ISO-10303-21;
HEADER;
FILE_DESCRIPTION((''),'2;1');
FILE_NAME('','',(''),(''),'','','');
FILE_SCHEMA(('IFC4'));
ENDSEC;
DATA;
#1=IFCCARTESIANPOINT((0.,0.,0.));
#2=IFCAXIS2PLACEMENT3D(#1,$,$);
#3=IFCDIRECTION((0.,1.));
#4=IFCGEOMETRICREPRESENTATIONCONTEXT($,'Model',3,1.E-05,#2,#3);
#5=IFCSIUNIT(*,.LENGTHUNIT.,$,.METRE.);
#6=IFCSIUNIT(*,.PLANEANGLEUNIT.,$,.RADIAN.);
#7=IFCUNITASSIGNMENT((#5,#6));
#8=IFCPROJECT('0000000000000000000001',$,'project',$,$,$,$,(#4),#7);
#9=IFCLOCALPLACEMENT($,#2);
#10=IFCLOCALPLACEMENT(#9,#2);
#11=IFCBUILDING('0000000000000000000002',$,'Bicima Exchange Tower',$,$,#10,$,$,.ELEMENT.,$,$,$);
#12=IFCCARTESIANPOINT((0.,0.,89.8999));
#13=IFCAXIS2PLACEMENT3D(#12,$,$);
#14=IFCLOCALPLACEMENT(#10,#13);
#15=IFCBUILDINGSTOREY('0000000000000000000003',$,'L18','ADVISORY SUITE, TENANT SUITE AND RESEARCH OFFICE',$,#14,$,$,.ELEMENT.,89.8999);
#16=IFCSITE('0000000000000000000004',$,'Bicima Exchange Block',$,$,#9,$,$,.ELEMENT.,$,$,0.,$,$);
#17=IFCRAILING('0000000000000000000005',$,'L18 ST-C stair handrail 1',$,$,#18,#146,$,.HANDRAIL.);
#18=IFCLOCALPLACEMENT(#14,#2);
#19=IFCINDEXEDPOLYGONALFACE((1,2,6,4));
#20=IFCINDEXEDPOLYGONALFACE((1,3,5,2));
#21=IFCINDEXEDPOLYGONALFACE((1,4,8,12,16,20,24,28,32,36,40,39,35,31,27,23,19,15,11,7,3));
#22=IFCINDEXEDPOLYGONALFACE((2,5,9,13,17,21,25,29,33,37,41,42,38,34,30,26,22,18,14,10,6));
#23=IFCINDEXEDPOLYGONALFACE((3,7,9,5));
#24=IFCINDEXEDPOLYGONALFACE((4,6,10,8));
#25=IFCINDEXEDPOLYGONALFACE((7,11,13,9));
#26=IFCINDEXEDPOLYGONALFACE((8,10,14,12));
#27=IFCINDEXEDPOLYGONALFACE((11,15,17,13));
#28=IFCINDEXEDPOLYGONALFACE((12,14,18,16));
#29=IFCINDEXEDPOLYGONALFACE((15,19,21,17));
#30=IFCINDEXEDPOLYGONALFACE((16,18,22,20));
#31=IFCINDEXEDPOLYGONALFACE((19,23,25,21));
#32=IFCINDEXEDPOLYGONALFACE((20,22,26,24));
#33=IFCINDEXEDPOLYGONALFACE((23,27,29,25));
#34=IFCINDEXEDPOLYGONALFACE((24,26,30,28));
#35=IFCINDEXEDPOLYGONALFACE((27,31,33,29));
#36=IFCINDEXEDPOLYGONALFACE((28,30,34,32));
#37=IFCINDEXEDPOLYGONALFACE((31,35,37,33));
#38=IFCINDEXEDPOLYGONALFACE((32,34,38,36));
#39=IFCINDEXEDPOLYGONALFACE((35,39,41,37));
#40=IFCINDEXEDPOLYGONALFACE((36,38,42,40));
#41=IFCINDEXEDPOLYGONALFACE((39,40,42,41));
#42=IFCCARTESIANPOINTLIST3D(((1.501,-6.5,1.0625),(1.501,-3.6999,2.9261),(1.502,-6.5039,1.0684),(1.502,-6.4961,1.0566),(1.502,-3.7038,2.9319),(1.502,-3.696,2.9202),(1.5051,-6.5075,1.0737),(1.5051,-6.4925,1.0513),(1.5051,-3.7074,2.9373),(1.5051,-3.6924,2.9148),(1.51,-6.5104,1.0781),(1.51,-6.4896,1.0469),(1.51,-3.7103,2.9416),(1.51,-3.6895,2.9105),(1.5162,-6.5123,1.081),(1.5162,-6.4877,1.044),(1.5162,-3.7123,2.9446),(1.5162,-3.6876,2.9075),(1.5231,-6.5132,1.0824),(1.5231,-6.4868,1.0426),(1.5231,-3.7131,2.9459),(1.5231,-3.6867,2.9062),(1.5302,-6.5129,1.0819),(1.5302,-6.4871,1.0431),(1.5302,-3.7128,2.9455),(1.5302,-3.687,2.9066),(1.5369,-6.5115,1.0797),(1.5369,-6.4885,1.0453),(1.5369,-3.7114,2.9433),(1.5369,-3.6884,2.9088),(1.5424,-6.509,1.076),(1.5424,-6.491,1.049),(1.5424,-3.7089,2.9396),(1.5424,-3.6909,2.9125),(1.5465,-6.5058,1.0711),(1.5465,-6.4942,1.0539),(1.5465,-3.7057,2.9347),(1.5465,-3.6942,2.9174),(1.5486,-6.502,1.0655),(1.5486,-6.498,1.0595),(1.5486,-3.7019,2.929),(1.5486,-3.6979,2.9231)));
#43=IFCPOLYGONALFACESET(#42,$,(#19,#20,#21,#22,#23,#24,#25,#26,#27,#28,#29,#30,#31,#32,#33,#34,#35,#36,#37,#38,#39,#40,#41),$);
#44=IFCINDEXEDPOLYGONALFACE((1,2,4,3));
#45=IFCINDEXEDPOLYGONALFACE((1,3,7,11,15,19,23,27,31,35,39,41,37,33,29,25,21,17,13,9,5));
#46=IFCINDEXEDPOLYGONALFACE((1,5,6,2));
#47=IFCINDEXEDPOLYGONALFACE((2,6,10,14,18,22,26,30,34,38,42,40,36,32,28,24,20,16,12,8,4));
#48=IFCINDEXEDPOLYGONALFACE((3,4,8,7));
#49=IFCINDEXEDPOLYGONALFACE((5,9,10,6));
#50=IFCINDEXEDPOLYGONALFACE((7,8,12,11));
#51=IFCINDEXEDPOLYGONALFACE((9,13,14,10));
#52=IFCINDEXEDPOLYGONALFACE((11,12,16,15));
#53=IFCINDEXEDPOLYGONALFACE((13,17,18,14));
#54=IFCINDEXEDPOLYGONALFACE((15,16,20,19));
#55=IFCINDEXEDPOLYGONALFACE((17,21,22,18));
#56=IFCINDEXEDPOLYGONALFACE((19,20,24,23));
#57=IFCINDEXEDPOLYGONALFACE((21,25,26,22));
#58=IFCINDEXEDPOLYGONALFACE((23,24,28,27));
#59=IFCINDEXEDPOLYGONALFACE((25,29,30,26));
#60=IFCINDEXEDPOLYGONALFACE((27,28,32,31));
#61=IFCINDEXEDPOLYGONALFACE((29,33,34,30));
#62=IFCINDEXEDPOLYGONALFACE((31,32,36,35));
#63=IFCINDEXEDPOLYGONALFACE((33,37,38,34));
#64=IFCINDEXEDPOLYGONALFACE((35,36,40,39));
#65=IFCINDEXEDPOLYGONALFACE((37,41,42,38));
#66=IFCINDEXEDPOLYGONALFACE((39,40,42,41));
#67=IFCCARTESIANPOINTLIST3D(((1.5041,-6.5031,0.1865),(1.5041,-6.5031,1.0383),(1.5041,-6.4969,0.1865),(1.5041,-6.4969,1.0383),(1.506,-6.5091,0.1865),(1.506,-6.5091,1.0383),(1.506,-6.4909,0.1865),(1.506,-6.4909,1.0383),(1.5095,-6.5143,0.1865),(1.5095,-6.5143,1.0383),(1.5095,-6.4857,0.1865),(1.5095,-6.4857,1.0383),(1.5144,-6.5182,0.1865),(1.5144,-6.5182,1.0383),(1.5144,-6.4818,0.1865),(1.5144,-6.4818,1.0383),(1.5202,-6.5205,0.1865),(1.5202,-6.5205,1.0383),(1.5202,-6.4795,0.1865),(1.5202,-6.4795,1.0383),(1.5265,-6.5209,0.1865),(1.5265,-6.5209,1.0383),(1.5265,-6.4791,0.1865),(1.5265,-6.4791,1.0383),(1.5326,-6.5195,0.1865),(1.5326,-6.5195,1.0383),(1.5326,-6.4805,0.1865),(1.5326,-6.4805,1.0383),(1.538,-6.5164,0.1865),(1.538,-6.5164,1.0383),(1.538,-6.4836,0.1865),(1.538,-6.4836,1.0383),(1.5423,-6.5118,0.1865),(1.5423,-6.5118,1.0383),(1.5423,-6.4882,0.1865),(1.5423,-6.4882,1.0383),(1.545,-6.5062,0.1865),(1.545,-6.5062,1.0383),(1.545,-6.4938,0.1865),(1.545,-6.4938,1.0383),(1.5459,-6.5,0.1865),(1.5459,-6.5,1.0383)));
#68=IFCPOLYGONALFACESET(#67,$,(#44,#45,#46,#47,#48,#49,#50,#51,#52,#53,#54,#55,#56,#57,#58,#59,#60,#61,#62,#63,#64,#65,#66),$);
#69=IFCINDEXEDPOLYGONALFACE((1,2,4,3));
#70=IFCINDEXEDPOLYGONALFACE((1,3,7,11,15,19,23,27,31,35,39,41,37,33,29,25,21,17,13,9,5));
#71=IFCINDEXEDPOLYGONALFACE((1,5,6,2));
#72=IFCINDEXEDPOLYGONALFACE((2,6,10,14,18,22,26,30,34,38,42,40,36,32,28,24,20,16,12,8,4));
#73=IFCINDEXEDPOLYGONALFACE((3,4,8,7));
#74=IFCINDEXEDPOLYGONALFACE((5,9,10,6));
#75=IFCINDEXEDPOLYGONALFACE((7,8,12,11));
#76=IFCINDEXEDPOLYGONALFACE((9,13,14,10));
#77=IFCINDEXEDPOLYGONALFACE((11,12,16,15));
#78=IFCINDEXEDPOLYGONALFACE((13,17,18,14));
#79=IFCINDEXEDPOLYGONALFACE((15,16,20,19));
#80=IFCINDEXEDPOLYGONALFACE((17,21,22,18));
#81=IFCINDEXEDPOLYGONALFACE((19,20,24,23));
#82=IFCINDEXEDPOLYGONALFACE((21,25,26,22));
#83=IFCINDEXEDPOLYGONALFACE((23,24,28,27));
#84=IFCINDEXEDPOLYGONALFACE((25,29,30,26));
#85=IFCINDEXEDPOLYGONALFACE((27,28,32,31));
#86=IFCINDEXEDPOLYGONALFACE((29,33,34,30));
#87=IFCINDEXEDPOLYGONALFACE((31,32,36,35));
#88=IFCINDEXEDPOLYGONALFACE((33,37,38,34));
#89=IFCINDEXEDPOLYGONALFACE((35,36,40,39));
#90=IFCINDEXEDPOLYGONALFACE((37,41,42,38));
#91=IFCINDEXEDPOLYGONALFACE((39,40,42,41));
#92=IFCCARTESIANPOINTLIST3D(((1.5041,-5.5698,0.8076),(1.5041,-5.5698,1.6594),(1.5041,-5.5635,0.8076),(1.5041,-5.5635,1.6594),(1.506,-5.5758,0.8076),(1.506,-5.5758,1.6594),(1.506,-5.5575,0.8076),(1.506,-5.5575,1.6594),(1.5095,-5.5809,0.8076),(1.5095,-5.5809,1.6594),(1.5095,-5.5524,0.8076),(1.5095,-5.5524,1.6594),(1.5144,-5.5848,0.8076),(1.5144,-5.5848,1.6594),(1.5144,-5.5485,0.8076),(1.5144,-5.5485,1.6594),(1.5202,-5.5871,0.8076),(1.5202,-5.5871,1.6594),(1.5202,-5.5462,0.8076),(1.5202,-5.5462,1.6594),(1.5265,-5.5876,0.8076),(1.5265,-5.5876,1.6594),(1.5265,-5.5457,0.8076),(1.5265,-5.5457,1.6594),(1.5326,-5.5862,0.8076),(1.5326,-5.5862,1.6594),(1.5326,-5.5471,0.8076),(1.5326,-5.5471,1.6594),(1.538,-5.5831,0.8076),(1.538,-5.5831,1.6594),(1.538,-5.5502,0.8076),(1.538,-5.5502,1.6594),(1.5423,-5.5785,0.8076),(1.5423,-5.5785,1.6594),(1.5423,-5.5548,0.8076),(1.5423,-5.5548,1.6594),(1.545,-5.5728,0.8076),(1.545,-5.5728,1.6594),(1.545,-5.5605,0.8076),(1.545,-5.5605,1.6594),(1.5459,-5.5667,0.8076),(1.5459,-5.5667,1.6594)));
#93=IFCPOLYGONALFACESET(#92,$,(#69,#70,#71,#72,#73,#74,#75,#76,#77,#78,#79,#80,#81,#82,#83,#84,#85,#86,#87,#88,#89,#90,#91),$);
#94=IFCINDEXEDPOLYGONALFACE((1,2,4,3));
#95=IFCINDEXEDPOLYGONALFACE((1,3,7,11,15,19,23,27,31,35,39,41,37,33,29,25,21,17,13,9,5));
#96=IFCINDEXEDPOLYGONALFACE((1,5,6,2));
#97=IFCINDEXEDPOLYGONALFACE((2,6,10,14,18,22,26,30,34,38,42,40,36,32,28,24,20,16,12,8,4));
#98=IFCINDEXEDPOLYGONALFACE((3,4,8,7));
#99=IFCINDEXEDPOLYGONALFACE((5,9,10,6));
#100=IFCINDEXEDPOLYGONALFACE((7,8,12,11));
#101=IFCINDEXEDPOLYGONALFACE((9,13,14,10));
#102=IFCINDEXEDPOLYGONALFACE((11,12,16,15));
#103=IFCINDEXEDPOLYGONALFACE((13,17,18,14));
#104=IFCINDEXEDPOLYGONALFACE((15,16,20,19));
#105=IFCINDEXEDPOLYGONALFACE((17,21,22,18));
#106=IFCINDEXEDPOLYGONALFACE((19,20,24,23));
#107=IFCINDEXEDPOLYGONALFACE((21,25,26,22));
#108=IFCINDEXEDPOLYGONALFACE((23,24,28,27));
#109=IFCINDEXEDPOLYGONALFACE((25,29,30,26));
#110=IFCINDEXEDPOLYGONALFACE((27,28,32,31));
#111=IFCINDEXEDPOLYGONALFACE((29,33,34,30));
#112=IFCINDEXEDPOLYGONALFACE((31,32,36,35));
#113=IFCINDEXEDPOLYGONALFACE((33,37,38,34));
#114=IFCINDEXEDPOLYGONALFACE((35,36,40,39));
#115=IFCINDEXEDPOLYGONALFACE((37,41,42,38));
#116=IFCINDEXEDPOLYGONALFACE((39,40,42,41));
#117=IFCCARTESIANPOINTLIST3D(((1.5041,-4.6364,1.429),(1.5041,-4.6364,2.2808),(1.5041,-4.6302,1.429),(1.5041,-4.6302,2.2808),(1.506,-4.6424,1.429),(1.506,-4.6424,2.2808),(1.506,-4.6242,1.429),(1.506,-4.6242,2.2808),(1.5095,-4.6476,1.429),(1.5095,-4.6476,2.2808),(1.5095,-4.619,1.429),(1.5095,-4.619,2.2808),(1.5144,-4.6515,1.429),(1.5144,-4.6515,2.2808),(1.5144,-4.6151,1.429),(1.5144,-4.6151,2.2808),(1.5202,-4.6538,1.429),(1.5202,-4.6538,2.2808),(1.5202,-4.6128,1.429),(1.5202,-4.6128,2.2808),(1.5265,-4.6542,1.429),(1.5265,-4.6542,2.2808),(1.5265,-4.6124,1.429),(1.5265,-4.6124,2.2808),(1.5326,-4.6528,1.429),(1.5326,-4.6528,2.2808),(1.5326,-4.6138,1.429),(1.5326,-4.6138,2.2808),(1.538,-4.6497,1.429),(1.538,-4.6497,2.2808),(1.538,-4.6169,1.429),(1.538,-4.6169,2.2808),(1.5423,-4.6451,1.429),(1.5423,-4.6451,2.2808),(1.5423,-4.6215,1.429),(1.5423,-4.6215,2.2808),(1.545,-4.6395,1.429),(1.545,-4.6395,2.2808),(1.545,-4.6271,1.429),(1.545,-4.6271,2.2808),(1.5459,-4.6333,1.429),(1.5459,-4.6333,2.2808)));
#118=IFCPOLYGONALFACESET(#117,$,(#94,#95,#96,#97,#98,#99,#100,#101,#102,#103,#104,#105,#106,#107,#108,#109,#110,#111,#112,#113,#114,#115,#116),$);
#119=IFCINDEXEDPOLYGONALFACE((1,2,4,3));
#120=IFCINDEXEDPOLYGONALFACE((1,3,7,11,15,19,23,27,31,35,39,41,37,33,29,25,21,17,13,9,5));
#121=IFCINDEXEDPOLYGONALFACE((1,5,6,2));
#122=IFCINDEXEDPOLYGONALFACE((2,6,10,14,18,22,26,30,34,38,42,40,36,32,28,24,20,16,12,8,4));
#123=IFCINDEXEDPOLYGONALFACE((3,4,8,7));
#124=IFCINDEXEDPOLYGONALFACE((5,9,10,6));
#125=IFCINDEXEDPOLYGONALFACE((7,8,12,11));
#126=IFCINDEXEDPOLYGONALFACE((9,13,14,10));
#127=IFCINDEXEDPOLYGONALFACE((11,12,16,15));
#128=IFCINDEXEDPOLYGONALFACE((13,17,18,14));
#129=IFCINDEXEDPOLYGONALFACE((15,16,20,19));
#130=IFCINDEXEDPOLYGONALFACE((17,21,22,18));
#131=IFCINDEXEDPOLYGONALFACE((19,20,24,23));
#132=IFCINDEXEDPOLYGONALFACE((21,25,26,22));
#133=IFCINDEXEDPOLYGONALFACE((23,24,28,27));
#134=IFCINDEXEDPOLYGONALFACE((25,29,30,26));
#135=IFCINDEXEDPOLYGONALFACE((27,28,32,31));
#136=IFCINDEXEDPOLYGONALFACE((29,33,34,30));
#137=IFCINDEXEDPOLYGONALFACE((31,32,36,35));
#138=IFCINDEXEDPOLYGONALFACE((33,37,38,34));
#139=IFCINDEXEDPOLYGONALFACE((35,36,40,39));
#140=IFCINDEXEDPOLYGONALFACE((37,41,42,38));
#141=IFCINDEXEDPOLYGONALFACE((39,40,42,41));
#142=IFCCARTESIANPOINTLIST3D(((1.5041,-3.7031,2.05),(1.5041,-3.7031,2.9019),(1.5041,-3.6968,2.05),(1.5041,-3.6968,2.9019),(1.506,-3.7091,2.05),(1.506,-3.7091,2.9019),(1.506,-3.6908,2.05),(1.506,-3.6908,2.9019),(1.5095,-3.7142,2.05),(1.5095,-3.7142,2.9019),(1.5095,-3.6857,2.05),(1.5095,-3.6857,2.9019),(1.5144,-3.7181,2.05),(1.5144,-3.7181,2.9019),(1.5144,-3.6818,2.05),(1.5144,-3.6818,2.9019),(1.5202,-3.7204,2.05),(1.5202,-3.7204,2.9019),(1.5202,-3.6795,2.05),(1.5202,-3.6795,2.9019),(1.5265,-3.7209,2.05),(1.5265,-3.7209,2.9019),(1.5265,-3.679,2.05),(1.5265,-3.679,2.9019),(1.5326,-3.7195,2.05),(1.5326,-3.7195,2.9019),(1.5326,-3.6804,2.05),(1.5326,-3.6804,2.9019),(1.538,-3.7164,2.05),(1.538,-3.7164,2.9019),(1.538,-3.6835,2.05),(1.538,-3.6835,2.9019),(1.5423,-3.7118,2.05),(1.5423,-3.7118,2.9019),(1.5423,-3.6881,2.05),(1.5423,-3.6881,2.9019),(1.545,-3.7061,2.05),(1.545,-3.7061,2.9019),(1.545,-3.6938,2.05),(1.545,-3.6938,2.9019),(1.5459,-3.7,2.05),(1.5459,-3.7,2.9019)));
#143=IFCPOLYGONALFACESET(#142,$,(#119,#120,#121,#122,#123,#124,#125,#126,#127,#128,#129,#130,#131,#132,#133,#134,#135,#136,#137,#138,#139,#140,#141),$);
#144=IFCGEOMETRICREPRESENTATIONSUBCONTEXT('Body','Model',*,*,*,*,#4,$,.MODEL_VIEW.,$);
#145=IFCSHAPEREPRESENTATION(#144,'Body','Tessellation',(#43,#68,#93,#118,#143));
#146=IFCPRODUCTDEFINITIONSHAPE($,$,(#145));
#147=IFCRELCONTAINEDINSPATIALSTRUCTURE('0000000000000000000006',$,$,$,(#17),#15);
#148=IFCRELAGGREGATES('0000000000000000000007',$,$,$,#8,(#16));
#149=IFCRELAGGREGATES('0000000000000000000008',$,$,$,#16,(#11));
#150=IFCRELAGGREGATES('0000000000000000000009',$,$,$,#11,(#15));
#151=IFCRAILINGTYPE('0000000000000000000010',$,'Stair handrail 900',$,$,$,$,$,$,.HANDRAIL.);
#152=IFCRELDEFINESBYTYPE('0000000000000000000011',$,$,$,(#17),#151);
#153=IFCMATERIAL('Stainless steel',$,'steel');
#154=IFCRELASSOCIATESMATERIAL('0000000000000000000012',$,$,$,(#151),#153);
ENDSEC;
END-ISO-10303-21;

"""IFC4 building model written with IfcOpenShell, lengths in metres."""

from ifc_helpers import new_model, si_unit, direction, frame, origin, origin_2d, place, context, subcontext, project, spatial, circle, extrude, material, type_object, element, save


model = new_model("IFC4")

# Units and contexts
model_context = context("Model", 3, precision=1e-05, world=origin(), true_north=direction((0.0, 1.0)))
body_context = subcontext(model_context, "Body", "Model", "MODEL_VIEW")
ifc_project = project(units=[si_unit("LENGTHUNIT", "METRE"), si_unit("PLANEANGLEUNIT", "RADIAN")], contexts=[model_context])

# Site, building, storey
site_placement = place(None, origin())
site = spatial("IfcSite", under=ifc_project, at=site_placement, Name="Bicima Exchange Block", CompositionType="ELEMENT", RefElevation=0.0)
building_placement = place(site_placement, origin())
building = spatial("IfcBuilding", under=site, at=building_placement, Name="Bicima Exchange Tower", CompositionType="ELEMENT")
storey_placement = place(building_placement, frame((0.0, 0.0, 89.8999)))
storey = spatial("IfcBuildingStorey", under=building, at=storey_placement, Name="L18", Description="ADVISORY SUITE, TENANT SUITE AND RESEARCH OFFICE", CompositionType="ELEMENT", Elevation=89.8999)

# Shared definitions
ifc_material_1 = material(Name="Stainless steel", Category="steel")

# Railing
railing_type_1 = type_object("IfcRailingType", Name="Stair handrail 900", PredefinedType="HANDRAIL", material=ifc_material_1)
railing_1_placement = place(storey_placement, frame((1.5249, -6.5, 0.1865)))
element("IfcRailing", 1, at=railing_1_placement, inside=storey, type_object=railing_type_1, Name="L18 ST-C stair handrail 1", PredefinedType="HANDRAIL", context=body_context, shape_type="SweptSolid", body=[
    extrude(circle(Radius=0.0239, at=origin_2d()), frame((0.0, 0.0, 0.876), z_axis=(0.0, 0.832486, 0.554047), x_axis=(-1.0, 0.0, 0.0)), (0.0, 0.0, 1.0), 3.3635),
    extrude(circle(Radius=0.021, at=origin_2d()), origin(), (0.0, 0.0, 1.0), 0.8518),
    extrude(circle(Radius=0.021, at=origin_2d()), frame((0.0, 0.9333, 0.6211)), (0.0, 0.0, 1.0), 0.8518),
    extrude(circle(Radius=0.021, at=origin_2d()), frame((0.0, 1.8667, 1.2424)), (0.0, 0.0, 1.0), 0.8518),
    extrude(circle(Radius=0.021, at=origin_2d()), frame((0.0, 2.8, 1.8635)), (0.0, 0.0, 1.0), 0.8518),
])

save(model, "model.ifc")
